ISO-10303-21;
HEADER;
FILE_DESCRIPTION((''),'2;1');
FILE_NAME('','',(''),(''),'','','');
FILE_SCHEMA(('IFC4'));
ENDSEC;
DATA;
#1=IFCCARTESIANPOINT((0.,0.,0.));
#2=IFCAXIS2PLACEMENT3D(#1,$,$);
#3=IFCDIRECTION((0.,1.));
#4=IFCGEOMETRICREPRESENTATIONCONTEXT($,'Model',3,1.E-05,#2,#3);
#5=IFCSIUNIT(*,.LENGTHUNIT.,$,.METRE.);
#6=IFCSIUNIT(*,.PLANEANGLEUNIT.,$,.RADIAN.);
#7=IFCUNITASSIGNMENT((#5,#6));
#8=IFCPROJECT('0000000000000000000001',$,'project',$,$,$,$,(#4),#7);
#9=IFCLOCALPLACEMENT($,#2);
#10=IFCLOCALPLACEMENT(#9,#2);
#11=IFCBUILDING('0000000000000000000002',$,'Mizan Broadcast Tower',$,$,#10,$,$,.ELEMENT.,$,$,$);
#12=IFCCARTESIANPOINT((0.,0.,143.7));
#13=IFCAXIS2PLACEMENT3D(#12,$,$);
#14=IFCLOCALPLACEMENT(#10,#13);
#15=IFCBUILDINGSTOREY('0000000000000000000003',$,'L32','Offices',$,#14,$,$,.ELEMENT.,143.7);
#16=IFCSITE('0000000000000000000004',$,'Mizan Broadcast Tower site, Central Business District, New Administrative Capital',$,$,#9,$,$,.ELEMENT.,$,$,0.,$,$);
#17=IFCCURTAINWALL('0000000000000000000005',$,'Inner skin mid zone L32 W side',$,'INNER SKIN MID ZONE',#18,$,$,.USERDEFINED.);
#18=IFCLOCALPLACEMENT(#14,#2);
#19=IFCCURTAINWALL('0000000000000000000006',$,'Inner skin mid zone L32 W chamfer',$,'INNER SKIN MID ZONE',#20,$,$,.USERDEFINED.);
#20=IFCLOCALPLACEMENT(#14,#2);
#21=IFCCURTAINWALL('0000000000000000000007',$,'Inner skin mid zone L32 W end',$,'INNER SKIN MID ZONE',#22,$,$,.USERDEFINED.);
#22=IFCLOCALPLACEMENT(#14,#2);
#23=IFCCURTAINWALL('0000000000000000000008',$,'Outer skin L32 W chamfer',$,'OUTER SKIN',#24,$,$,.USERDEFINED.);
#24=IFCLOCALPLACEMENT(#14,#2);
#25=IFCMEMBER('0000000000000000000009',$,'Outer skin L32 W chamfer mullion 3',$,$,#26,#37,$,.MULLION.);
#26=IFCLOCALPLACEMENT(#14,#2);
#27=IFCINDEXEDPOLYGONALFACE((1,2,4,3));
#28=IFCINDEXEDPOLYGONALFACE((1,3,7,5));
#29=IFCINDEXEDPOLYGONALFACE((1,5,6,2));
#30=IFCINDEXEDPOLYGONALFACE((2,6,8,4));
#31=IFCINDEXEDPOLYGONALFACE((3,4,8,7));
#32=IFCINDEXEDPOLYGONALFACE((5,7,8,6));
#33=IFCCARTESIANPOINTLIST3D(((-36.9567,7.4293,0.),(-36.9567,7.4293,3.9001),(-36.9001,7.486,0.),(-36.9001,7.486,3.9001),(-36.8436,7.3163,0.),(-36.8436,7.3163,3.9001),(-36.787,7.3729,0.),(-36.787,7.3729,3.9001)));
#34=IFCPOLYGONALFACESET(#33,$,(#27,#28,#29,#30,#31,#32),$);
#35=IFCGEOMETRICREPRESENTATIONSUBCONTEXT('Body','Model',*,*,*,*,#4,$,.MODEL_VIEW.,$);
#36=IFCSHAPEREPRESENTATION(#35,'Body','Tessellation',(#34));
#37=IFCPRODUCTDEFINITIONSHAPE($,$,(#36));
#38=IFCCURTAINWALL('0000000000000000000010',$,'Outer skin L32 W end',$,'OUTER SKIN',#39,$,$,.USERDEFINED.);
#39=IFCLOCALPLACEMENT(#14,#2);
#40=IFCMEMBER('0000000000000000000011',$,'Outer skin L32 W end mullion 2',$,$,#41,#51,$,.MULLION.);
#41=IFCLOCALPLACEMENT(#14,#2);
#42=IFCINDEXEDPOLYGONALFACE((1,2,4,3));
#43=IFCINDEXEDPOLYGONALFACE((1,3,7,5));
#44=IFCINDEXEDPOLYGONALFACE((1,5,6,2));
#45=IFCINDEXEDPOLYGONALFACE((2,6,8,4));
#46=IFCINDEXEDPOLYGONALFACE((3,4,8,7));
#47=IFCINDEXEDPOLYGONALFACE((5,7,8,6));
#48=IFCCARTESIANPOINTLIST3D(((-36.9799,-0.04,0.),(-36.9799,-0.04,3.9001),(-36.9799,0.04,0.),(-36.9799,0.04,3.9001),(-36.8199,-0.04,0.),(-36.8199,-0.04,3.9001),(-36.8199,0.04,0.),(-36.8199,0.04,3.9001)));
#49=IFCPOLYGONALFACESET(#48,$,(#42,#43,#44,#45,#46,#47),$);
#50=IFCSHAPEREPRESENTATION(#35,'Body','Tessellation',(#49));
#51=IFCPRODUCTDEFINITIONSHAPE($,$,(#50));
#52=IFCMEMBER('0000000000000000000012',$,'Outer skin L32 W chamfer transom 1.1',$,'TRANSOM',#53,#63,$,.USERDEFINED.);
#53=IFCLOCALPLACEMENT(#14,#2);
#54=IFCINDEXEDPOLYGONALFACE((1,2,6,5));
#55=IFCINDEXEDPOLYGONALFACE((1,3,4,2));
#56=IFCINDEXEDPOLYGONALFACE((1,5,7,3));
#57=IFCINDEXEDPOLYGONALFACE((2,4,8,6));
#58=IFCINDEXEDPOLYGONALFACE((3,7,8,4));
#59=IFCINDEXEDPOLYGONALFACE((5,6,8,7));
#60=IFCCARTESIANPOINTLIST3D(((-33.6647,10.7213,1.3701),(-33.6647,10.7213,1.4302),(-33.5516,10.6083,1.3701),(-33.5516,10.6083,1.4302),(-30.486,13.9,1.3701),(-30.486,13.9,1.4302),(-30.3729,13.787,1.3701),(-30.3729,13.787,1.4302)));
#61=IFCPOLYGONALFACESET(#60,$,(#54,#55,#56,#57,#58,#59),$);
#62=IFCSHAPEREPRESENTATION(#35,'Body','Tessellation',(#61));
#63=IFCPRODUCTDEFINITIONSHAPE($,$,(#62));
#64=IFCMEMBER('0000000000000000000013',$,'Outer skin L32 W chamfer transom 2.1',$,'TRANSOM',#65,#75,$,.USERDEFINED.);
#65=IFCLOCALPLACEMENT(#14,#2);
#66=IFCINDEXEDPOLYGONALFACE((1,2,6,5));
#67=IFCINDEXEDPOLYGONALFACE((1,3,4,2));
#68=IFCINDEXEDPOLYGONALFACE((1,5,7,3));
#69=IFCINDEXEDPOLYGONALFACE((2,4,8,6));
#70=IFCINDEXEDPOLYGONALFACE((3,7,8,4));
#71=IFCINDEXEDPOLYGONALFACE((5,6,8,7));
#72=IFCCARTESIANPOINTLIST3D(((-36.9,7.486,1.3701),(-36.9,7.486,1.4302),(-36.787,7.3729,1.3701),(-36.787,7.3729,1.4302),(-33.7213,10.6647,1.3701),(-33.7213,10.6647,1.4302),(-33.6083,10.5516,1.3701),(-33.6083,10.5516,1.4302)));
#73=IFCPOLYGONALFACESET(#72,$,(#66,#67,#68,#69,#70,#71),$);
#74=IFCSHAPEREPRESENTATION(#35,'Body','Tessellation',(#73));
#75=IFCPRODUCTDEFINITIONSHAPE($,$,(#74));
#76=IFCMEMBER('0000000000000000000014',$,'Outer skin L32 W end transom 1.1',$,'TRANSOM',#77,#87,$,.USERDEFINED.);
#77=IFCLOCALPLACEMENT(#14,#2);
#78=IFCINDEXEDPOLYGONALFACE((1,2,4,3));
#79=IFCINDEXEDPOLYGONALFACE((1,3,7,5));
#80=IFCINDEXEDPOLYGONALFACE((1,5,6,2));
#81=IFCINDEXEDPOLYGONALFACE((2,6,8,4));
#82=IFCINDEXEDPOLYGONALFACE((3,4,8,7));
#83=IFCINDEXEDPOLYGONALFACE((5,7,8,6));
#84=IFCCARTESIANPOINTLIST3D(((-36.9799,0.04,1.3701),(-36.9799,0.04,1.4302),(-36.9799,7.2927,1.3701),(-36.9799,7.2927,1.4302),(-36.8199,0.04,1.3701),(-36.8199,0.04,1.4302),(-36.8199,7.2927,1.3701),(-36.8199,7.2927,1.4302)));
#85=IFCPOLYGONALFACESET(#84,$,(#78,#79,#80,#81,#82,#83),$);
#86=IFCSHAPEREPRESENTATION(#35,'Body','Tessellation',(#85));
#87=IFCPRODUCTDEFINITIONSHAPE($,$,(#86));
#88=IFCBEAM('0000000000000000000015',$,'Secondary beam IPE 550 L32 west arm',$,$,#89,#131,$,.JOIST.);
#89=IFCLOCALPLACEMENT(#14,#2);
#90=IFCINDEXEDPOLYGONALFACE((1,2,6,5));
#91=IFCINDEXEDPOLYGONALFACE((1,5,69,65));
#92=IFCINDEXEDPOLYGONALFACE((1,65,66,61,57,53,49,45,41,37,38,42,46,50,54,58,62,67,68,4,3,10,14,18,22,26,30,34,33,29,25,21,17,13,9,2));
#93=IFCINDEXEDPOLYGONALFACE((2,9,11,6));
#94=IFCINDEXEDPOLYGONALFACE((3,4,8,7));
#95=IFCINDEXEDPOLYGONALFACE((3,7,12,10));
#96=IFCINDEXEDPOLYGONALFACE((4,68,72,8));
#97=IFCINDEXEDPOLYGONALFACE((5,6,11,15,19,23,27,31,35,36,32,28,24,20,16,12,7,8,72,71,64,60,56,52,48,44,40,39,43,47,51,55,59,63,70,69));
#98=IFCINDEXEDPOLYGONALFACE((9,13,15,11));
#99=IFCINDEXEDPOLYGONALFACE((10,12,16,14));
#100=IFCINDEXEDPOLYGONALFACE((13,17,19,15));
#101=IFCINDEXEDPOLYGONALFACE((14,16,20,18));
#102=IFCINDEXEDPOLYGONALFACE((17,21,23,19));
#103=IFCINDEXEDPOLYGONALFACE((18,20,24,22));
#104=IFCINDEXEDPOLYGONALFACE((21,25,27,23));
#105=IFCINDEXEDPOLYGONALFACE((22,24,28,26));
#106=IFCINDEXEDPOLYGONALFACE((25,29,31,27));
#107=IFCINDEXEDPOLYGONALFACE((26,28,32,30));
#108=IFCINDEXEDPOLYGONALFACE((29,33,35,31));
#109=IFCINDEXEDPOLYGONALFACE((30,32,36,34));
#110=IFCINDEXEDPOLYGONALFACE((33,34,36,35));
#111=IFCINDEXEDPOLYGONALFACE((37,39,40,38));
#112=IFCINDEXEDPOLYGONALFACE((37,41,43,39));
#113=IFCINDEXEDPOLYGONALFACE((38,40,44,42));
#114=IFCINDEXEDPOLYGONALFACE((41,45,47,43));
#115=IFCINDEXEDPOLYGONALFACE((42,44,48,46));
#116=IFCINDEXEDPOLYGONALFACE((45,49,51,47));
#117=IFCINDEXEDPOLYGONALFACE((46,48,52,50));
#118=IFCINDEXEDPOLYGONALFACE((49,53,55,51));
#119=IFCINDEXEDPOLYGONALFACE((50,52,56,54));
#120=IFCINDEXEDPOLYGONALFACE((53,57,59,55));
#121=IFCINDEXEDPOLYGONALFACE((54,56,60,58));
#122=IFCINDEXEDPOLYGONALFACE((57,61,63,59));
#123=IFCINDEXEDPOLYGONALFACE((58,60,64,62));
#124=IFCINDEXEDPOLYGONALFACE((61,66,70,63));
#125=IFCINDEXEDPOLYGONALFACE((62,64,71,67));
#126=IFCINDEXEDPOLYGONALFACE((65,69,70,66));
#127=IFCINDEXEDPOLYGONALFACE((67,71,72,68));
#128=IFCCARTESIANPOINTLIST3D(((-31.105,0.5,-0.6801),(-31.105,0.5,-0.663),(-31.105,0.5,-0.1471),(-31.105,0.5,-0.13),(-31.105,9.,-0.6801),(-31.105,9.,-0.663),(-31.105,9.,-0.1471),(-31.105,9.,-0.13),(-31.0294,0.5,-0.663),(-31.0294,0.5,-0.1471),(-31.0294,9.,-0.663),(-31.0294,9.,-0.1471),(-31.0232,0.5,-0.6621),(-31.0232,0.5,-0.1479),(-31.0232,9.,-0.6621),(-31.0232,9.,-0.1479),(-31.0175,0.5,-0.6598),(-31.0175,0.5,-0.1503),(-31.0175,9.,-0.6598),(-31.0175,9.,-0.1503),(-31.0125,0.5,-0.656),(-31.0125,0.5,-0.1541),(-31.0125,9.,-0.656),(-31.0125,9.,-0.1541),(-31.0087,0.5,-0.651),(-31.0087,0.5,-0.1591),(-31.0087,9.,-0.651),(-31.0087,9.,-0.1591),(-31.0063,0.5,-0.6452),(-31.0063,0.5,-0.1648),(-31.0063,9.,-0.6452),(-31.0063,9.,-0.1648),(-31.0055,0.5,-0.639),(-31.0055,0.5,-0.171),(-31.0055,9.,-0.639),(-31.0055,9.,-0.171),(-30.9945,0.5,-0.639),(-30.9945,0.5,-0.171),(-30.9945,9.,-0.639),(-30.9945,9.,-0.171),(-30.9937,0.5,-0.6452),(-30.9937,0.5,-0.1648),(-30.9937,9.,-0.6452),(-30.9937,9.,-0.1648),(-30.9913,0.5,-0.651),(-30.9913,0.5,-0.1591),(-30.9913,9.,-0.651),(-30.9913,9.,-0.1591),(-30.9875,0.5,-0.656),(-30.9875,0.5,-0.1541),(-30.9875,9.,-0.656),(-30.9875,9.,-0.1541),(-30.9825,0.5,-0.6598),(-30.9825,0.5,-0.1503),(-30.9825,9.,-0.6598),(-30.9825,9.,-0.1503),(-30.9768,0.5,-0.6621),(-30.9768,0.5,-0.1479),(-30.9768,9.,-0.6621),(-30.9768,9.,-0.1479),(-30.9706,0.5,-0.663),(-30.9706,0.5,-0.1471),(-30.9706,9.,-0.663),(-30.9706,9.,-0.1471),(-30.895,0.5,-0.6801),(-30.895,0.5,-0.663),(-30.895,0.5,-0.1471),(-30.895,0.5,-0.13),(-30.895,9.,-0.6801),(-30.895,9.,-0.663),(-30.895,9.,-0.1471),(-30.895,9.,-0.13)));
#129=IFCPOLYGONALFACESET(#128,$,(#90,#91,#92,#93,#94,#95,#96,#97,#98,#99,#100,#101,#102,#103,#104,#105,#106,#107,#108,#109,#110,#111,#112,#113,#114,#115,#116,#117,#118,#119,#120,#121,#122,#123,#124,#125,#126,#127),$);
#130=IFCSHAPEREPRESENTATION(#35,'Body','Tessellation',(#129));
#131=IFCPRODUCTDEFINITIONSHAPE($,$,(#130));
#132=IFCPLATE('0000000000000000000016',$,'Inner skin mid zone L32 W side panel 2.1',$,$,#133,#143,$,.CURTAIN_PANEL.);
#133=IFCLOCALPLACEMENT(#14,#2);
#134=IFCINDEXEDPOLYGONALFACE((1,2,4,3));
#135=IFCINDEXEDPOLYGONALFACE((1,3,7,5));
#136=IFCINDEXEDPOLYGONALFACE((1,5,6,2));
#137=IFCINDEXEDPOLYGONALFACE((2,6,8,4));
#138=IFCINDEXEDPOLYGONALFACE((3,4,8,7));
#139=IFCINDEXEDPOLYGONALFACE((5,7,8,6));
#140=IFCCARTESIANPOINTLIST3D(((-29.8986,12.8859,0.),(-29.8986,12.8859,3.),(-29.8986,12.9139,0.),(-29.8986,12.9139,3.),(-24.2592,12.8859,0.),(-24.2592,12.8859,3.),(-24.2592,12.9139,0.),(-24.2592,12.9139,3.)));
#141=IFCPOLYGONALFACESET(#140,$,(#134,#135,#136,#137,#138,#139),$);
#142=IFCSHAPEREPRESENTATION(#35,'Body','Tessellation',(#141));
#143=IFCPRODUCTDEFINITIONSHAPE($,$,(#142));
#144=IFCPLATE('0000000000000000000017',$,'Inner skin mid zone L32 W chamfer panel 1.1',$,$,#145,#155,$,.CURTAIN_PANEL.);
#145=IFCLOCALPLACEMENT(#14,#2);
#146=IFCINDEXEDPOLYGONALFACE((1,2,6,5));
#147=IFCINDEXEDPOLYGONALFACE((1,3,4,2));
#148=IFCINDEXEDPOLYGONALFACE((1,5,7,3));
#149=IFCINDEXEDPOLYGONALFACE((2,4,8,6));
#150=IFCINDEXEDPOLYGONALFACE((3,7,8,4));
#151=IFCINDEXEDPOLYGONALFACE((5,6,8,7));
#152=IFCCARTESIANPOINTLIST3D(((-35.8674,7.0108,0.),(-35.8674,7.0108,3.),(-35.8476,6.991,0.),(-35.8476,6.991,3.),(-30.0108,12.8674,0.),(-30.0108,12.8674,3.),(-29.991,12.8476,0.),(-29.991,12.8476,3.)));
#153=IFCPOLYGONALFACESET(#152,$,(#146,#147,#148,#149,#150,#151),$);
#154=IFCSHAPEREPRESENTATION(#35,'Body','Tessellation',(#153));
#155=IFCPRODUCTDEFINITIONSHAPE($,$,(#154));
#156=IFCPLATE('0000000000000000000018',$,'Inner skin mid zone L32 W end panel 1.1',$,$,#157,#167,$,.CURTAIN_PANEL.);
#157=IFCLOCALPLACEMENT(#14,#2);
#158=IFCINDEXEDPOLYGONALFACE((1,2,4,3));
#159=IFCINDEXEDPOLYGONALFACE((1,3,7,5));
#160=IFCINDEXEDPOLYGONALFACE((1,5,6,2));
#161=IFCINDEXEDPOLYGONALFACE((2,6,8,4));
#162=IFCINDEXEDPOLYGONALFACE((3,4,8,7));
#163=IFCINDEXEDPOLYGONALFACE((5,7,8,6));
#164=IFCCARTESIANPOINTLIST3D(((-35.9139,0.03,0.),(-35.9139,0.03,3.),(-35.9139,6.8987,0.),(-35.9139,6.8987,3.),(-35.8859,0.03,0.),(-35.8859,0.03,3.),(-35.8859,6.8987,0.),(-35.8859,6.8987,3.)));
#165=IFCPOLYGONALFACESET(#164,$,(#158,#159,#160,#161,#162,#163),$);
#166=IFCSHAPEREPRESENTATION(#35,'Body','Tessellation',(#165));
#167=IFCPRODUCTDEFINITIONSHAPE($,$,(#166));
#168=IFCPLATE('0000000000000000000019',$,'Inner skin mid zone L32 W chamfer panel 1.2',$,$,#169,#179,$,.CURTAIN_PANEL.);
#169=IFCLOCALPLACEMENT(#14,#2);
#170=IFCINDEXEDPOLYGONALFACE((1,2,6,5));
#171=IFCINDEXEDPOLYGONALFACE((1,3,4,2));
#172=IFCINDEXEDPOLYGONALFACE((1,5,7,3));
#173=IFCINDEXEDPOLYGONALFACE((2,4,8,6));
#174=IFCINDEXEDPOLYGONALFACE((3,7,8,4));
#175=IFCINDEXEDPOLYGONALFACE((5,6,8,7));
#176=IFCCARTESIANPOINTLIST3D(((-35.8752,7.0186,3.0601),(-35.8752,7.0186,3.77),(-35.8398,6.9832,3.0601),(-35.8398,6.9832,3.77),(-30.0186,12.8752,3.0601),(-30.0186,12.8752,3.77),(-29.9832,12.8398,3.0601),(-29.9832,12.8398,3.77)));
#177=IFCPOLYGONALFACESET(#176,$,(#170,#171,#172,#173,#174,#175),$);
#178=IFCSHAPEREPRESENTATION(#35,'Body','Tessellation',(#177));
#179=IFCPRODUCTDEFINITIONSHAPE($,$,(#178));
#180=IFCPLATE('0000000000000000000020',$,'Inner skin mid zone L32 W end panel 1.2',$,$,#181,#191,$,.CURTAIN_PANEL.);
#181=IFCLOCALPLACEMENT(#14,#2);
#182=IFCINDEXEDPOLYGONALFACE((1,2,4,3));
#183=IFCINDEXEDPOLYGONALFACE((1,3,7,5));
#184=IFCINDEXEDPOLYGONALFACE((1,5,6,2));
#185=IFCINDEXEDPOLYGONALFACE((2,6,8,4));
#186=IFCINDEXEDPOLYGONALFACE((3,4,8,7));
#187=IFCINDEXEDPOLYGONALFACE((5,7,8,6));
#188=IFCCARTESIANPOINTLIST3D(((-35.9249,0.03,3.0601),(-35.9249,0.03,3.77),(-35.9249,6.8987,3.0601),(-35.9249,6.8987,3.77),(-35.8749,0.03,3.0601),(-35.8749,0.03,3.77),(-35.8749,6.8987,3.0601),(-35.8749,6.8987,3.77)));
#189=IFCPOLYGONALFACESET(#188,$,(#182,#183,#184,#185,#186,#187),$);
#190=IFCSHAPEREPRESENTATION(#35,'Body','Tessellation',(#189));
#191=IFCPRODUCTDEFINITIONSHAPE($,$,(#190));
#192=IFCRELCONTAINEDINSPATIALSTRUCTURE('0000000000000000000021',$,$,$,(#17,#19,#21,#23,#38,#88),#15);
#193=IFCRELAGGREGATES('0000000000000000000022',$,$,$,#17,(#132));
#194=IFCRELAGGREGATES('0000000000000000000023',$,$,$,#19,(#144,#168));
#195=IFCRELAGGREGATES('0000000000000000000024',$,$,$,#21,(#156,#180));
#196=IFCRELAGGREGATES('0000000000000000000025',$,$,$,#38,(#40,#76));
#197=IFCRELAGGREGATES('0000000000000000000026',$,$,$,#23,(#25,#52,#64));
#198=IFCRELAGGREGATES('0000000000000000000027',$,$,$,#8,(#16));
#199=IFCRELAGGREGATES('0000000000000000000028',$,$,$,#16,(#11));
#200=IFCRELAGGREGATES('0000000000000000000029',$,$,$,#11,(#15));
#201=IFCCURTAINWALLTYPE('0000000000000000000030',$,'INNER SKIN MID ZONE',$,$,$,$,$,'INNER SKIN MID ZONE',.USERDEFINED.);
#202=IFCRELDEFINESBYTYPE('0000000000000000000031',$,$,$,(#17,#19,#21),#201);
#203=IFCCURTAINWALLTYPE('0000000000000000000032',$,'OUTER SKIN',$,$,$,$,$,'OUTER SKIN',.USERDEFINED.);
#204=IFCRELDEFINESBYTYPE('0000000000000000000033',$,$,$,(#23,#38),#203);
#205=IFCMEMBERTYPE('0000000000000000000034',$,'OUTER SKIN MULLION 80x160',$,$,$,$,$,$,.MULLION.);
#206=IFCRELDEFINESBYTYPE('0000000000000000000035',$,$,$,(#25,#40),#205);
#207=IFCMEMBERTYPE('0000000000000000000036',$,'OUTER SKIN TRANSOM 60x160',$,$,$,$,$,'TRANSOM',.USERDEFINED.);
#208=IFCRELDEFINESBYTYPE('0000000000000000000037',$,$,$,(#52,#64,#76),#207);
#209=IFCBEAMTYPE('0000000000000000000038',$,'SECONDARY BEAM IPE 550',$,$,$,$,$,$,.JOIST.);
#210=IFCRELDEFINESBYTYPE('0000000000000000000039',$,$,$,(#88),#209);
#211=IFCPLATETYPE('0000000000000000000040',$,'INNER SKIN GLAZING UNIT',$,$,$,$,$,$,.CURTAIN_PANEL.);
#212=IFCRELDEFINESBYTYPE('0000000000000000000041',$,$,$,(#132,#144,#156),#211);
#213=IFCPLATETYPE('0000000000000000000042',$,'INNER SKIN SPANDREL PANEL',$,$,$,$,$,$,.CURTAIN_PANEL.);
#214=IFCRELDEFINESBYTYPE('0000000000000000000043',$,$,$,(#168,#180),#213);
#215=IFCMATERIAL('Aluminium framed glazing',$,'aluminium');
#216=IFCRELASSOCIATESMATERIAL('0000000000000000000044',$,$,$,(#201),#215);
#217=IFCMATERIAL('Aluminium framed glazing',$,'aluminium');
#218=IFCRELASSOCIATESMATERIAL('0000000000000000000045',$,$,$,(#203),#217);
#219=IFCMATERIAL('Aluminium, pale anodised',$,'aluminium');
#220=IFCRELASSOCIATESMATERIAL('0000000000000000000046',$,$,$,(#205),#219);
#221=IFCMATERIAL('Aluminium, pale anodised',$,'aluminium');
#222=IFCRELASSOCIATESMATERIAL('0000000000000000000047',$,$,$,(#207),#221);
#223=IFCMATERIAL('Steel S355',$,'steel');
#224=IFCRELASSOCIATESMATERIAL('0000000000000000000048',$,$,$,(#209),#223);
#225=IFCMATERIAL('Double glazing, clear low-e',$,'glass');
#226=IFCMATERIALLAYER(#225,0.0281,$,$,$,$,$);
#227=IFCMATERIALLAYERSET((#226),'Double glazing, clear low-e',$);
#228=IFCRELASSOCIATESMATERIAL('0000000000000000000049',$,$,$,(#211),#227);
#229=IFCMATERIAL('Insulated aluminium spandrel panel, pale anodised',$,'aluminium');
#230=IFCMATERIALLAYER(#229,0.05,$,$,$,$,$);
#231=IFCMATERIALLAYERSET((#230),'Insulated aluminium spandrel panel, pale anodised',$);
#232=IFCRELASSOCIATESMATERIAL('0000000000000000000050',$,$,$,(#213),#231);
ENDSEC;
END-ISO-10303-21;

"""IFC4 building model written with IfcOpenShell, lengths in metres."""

from ifc_helpers import new_model, si_unit, direction, frame, origin, origin_2d, place, context, subcontext, project, spatial, rectangle, i_section, extrude, material, layer, layer_set, material_profile, profile_set, type_object, element, aggregate, save


model = new_model("IFC4")

# Units and contexts
model_context = context("Model", 3, precision=1e-05, world=origin(), true_north=direction((0.0, 1.0)))
body_context = subcontext(model_context, "Body", "Model", "MODEL_VIEW")
ifc_project = project(units=[si_unit("LENGTHUNIT", "METRE"), si_unit("PLANEANGLEUNIT", "RADIAN")], contexts=[model_context])

# Site, building, storey
site_placement = place(None, origin())
site = spatial("IfcSite", under=ifc_project, at=site_placement, Name="Mizan Broadcast Tower site, Central Business District, New Administrative Capital", CompositionType="ELEMENT", RefElevation=0.0)
building_placement = place(site_placement, origin())
building = spatial("IfcBuilding", under=site, at=building_placement, Name="Mizan Broadcast Tower", CompositionType="ELEMENT")
storey_placement = place(building_placement, frame((0.0, 0.0, 143.7)))
storey = spatial("IfcBuildingStorey", under=building, at=storey_placement, Name="L32", Description="Offices", CompositionType="ELEMENT", Elevation=143.7)

# Curtain walls
ifc_material_1 = material(Name="Aluminium framed glazing", Category="aluminium")
curtain_wall_type_1 = type_object("IfcCurtainWallType", Name="INNER SKIN MID ZONE", ElementType="INNER SKIN MID ZONE", PredefinedType="USERDEFINED", material=ifc_material_1)
curtain_wall_1_placement = place(storey_placement, origin())
curtain_wall_1 = element("IfcCurtainWall", 1, at=curtain_wall_1_placement, inside=storey, type_object=curtain_wall_type_1, Name="Inner skin mid zone L32 W side", ObjectType="INNER SKIN MID ZONE", PredefinedType="USERDEFINED")
curtain_wall_2_placement = place(storey_placement, origin())
curtain_wall_2 = element("IfcCurtainWall", 2, at=curtain_wall_2_placement, inside=storey, type_object=curtain_wall_type_1, Name="Inner skin mid zone L32 W chamfer", ObjectType="INNER SKIN MID ZONE", PredefinedType="USERDEFINED")
curtain_wall_3_placement = place(storey_placement, origin())
curtain_wall_3 = element("IfcCurtainWall", 3, at=curtain_wall_3_placement, inside=storey, type_object=curtain_wall_type_1, Name="Inner skin mid zone L32 W end", ObjectType="INNER SKIN MID ZONE", PredefinedType="USERDEFINED")

# Shared definitions
ifc_material_2 = material(Name="Aluminium framed glazing", Category="aluminium")
curtain_wall_type_2 = type_object("IfcCurtainWallType", Name="OUTER SKIN", ElementType="OUTER SKIN", PredefinedType="USERDEFINED", material=ifc_material_2)
ifc_material_3 = material(Name="Aluminium, pale anodised", Category="aluminium")
ifc_material_profile_1 = material_profile(ifc_material_3, rectangle(XDim=0.1599, YDim=0.0801, at=origin_2d()), Name="MULLION 160x80")
ifc_profile_set_1 = profile_set([ifc_material_profile_1], Name="Aluminium, pale anodised")
member_type_1 = type_object("IfcMemberType", Name="OUTER SKIN MULLION 80x160", PredefinedType="MULLION", material=ifc_profile_set_1)

# Curtain wall, member
curtain_wall_4_placement = place(storey_placement, origin())
curtain_wall_4 = element("IfcCurtainWall", 4, at=curtain_wall_4_placement, inside=storey, type_object=curtain_wall_type_2, Name="Outer skin L32 W chamfer", ObjectType="OUTER SKIN", PredefinedType="USERDEFINED")
member_1_placement = place(storey_placement, frame((-36.8718, 7.4011, 0.0), z_axis=(0.0, 0.0, 1.0), x_axis=(0.707107, -0.707107, 0.0)))
member_1 = element("IfcMember", 5, at=member_1_placement, type_object=member_type_1, Name="Outer skin L32 W chamfer mullion 3", PredefinedType="MULLION", context=body_context, shape_type="SweptSolid", body=[
    extrude(rectangle(XDim=0.1599, YDim=0.0801, at=origin_2d()), origin(), (0.0, 0.0, 1.0), 3.9001),
])

# Curtain wall, member
curtain_wall_5_placement = place(storey_placement, origin())
curtain_wall_5 = element("IfcCurtainWall", 6, at=curtain_wall_5_placement, inside=storey, type_object=curtain_wall_type_2, Name="Outer skin L32 W end", ObjectType="OUTER SKIN", PredefinedType="USERDEFINED")
member_2_placement = place(storey_placement, frame((-36.8999, 0.0, 0.0), z_axis=(0.0, 0.0, 1.0), x_axis=(1.0, 0.0, 0.0)))
member_2 = element("IfcMember", 7, at=member_2_placement, type_object=member_type_1, Name="Outer skin L32 W end mullion 2", PredefinedType="MULLION", context=body_context, shape_type="SweptSolid", body=[
    extrude(rectangle(XDim=0.1599, YDim=0.0801, at=origin_2d()), origin(), (0.0, 0.0, 1.0), 3.9001),
])

# Members
ifc_material_4 = material(Name="Aluminium, pale anodised", Category="aluminium")
ifc_material_profile_2 = material_profile(ifc_material_4, rectangle(XDim=0.1599, YDim=0.0601, at=origin_2d()), Name="TRANSOM 160x60")
ifc_profile_set_2 = profile_set([ifc_material_profile_2], Name="Aluminium, pale anodised")
member_type_2 = type_object("IfcMemberType", Name="OUTER SKIN TRANSOM 60x160", ElementType="TRANSOM", PredefinedType="USERDEFINED", material=ifc_profile_set_2)
member_3_placement = place(storey_placement, frame((-30.4294, 13.8435, 1.4001), z_axis=(-0.707107, -0.707107, 0.0), x_axis=(0.707107, -0.707107, 0.0)))
member_3 = element("IfcMember", 8, at=member_3_placement, type_object=member_type_2, Name="Outer skin L32 W chamfer transom 1.1", ObjectType="TRANSOM", PredefinedType="USERDEFINED", context=body_context, shape_type="SweptSolid", body=[
    extrude(rectangle(XDim=0.1599, YDim=0.0601, at=origin_2d()), origin(), (0.0, 0.0, 1.0), 4.4954),
])
member_4_placement = place(storey_placement, frame((-33.6648, 10.6082, 1.4001), z_axis=(-0.707107, -0.707107, 0.0), x_axis=(0.707107, -0.707107, 0.0)))
member_4 = element("IfcMember", 9, at=member_4_placement, type_object=member_type_2, Name="Outer skin L32 W chamfer transom 2.1", ObjectType="TRANSOM", PredefinedType="USERDEFINED", context=body_context, shape_type="SweptSolid", body=[
    extrude(rectangle(XDim=0.1599, YDim=0.0601, at=origin_2d()), origin(), (0.0, 0.0, 1.0), 4.4954),
])
member_5_placement = place(storey_placement, frame((-36.8999, 7.2927, 1.4001), z_axis=(0.0, -1.0, 0.0), x_axis=(1.0, 0.0, 0.0)))
member_5 = element("IfcMember", 10, at=member_5_placement, type_object=member_type_2, Name="Outer skin L32 W end transom 1.1", ObjectType="TRANSOM", PredefinedType="USERDEFINED", context=body_context, shape_type="SweptSolid", body=[
    extrude(rectangle(XDim=0.1599, YDim=0.0601, at=origin_2d()), origin(), (0.0, 0.0, 1.0), 7.2527),
])

# Beam
ifc_material_5 = material(Name="Steel S355", Category="steel")
ifc_material_profile_3 = material_profile(ifc_material_5, i_section(OverallWidth=0.21, OverallDepth=0.55, WebThickness=0.011, FlangeThickness=0.0171, FilletRadius=0.0239, at=origin_2d()), Name="IPE 550")
ifc_profile_set_3 = profile_set([ifc_material_profile_3], Name="Steel S355")
beam_type_1 = type_object("IfcBeamType", Name="SECONDARY BEAM IPE 550", PredefinedType="JOIST", material=ifc_profile_set_3)
beam_1_placement = place(storey_placement, frame((-31.0, 9.0, -0.405), z_axis=(0.0, -1.0, 0.0), x_axis=(1.0, 0.0, 0.0)))
element("IfcBeam", 11, at=beam_1_placement, inside=storey, type_object=beam_type_1, Name="Secondary beam IPE 550 L32 west arm", PredefinedType="JOIST", context=body_context, shape_type="SweptSolid", body=[
    extrude(i_section(OverallWidth=0.21, OverallDepth=0.55, WebThickness=0.011, FlangeThickness=0.0171, FilletRadius=0.0239, at=origin_2d()), origin(), (0.0, 0.0, 1.0), 8.5),
])

# Plates
ifc_material_6 = material(Name="Double glazing, clear low-e", Category="glass")
ifc_layer_1 = layer(ifc_material_6, 0.0281)
ifc_layer_set_1 = layer_set([ifc_layer_1], Name="Double glazing, clear low-e")
plate_type_1 = type_object("IfcPlateType", Name="INNER SKIN GLAZING UNIT", PredefinedType="CURTAIN_PANEL", material=ifc_layer_set_1)
plate_1_placement = place(storey_placement, frame((-27.0789, 12.8999, 0.0), z_axis=(0.0, 0.0, 1.0), x_axis=(-1.0, 0.0, 0.0)))
plate_1 = element("IfcPlate", 12, at=plate_1_placement, type_object=plate_type_1, Name="Inner skin mid zone L32 W side panel 2.1", PredefinedType="CURTAIN_PANEL", context=body_context, shape_type="SweptSolid", body=[
    extrude(rectangle(XDim=5.6394, YDim=0.0281, at=origin_2d()), origin(), (0.0, 0.0, 1.0), 3.0),
])
aggregate(curtain_wall_1, [plate_1])
plate_2_placement = place(storey_placement, frame((-32.9292, 9.9292, 0.0), z_axis=(0.0, 0.0, 1.0), x_axis=(-0.707107, -0.707107, 0.0)))
plate_2 = element("IfcPlate", 13, at=plate_2_placement, type_object=plate_type_1, Name="Inner skin mid zone L32 W chamfer panel 1.1", PredefinedType="CURTAIN_PANEL", context=body_context, shape_type="SweptSolid", body=[
    extrude(rectangle(XDim=8.2825, YDim=0.0281, at=origin_2d()), origin(), (0.0, 0.0, 1.0), 3.0),
])
plate_3_placement = place(storey_placement, frame((-35.8999, 3.4644, 0.0), z_axis=(0.0, 0.0, 1.0), x_axis=(0.0, -1.0, 0.0)))
plate_3 = element("IfcPlate", 14, at=plate_3_placement, type_object=plate_type_1, Name="Inner skin mid zone L32 W end panel 1.1", PredefinedType="CURTAIN_PANEL", context=body_context, shape_type="SweptSolid", body=[
    extrude(rectangle(XDim=6.8687, YDim=0.0281, at=origin_2d()), origin(), (0.0, 0.0, 1.0), 3.0),
])
ifc_material_7 = material(Name="Insulated aluminium spandrel panel, pale anodised", Category="aluminium")
ifc_layer_2 = layer(ifc_material_7, 0.05)
ifc_layer_set_2 = layer_set([ifc_layer_2], Name="Insulated aluminium spandrel panel, pale anodised")
plate_type_2 = type_object("IfcPlateType", Name="INNER SKIN SPANDREL PANEL", PredefinedType="CURTAIN_PANEL", material=ifc_layer_set_2)
plate_4_placement = place(storey_placement, frame((-32.9292, 9.9292, 3.0601), z_axis=(0.0, 0.0, 1.0), x_axis=(-0.707107, -0.707107, 0.0)))
plate_4 = element("IfcPlate", 15, at=plate_4_placement, type_object=plate_type_2, Name="Inner skin mid zone L32 W chamfer panel 1.2", PredefinedType="CURTAIN_PANEL", context=body_context, shape_type="SweptSolid", body=[
    extrude(rectangle(XDim=8.2825, YDim=0.05, at=origin_2d()), origin(), (0.0, 0.0, 1.0), 0.71),
])
aggregate(curtain_wall_2, [plate_2, plate_4])
plate_5_placement = place(storey_placement, frame((-35.8999, 3.4644, 3.0601), z_axis=(0.0, 0.0, 1.0), x_axis=(0.0, -1.0, 0.0)))
plate_5 = element("IfcPlate", 16, at=plate_5_placement, type_object=plate_type_2, Name="Inner skin mid zone L32 W end panel 1.2", PredefinedType="CURTAIN_PANEL", context=body_context, shape_type="SweptSolid", body=[
    extrude(rectangle(XDim=6.8687, YDim=0.05, at=origin_2d()), origin(), (0.0, 0.0, 1.0), 0.71),
])
aggregate(curtain_wall_3, [plate_3, plate_5])
aggregate(curtain_wall_5, [member_2, member_5])
aggregate(curtain_wall_4, [member_1, member_3, member_4])

save(model, "model.ifc")
